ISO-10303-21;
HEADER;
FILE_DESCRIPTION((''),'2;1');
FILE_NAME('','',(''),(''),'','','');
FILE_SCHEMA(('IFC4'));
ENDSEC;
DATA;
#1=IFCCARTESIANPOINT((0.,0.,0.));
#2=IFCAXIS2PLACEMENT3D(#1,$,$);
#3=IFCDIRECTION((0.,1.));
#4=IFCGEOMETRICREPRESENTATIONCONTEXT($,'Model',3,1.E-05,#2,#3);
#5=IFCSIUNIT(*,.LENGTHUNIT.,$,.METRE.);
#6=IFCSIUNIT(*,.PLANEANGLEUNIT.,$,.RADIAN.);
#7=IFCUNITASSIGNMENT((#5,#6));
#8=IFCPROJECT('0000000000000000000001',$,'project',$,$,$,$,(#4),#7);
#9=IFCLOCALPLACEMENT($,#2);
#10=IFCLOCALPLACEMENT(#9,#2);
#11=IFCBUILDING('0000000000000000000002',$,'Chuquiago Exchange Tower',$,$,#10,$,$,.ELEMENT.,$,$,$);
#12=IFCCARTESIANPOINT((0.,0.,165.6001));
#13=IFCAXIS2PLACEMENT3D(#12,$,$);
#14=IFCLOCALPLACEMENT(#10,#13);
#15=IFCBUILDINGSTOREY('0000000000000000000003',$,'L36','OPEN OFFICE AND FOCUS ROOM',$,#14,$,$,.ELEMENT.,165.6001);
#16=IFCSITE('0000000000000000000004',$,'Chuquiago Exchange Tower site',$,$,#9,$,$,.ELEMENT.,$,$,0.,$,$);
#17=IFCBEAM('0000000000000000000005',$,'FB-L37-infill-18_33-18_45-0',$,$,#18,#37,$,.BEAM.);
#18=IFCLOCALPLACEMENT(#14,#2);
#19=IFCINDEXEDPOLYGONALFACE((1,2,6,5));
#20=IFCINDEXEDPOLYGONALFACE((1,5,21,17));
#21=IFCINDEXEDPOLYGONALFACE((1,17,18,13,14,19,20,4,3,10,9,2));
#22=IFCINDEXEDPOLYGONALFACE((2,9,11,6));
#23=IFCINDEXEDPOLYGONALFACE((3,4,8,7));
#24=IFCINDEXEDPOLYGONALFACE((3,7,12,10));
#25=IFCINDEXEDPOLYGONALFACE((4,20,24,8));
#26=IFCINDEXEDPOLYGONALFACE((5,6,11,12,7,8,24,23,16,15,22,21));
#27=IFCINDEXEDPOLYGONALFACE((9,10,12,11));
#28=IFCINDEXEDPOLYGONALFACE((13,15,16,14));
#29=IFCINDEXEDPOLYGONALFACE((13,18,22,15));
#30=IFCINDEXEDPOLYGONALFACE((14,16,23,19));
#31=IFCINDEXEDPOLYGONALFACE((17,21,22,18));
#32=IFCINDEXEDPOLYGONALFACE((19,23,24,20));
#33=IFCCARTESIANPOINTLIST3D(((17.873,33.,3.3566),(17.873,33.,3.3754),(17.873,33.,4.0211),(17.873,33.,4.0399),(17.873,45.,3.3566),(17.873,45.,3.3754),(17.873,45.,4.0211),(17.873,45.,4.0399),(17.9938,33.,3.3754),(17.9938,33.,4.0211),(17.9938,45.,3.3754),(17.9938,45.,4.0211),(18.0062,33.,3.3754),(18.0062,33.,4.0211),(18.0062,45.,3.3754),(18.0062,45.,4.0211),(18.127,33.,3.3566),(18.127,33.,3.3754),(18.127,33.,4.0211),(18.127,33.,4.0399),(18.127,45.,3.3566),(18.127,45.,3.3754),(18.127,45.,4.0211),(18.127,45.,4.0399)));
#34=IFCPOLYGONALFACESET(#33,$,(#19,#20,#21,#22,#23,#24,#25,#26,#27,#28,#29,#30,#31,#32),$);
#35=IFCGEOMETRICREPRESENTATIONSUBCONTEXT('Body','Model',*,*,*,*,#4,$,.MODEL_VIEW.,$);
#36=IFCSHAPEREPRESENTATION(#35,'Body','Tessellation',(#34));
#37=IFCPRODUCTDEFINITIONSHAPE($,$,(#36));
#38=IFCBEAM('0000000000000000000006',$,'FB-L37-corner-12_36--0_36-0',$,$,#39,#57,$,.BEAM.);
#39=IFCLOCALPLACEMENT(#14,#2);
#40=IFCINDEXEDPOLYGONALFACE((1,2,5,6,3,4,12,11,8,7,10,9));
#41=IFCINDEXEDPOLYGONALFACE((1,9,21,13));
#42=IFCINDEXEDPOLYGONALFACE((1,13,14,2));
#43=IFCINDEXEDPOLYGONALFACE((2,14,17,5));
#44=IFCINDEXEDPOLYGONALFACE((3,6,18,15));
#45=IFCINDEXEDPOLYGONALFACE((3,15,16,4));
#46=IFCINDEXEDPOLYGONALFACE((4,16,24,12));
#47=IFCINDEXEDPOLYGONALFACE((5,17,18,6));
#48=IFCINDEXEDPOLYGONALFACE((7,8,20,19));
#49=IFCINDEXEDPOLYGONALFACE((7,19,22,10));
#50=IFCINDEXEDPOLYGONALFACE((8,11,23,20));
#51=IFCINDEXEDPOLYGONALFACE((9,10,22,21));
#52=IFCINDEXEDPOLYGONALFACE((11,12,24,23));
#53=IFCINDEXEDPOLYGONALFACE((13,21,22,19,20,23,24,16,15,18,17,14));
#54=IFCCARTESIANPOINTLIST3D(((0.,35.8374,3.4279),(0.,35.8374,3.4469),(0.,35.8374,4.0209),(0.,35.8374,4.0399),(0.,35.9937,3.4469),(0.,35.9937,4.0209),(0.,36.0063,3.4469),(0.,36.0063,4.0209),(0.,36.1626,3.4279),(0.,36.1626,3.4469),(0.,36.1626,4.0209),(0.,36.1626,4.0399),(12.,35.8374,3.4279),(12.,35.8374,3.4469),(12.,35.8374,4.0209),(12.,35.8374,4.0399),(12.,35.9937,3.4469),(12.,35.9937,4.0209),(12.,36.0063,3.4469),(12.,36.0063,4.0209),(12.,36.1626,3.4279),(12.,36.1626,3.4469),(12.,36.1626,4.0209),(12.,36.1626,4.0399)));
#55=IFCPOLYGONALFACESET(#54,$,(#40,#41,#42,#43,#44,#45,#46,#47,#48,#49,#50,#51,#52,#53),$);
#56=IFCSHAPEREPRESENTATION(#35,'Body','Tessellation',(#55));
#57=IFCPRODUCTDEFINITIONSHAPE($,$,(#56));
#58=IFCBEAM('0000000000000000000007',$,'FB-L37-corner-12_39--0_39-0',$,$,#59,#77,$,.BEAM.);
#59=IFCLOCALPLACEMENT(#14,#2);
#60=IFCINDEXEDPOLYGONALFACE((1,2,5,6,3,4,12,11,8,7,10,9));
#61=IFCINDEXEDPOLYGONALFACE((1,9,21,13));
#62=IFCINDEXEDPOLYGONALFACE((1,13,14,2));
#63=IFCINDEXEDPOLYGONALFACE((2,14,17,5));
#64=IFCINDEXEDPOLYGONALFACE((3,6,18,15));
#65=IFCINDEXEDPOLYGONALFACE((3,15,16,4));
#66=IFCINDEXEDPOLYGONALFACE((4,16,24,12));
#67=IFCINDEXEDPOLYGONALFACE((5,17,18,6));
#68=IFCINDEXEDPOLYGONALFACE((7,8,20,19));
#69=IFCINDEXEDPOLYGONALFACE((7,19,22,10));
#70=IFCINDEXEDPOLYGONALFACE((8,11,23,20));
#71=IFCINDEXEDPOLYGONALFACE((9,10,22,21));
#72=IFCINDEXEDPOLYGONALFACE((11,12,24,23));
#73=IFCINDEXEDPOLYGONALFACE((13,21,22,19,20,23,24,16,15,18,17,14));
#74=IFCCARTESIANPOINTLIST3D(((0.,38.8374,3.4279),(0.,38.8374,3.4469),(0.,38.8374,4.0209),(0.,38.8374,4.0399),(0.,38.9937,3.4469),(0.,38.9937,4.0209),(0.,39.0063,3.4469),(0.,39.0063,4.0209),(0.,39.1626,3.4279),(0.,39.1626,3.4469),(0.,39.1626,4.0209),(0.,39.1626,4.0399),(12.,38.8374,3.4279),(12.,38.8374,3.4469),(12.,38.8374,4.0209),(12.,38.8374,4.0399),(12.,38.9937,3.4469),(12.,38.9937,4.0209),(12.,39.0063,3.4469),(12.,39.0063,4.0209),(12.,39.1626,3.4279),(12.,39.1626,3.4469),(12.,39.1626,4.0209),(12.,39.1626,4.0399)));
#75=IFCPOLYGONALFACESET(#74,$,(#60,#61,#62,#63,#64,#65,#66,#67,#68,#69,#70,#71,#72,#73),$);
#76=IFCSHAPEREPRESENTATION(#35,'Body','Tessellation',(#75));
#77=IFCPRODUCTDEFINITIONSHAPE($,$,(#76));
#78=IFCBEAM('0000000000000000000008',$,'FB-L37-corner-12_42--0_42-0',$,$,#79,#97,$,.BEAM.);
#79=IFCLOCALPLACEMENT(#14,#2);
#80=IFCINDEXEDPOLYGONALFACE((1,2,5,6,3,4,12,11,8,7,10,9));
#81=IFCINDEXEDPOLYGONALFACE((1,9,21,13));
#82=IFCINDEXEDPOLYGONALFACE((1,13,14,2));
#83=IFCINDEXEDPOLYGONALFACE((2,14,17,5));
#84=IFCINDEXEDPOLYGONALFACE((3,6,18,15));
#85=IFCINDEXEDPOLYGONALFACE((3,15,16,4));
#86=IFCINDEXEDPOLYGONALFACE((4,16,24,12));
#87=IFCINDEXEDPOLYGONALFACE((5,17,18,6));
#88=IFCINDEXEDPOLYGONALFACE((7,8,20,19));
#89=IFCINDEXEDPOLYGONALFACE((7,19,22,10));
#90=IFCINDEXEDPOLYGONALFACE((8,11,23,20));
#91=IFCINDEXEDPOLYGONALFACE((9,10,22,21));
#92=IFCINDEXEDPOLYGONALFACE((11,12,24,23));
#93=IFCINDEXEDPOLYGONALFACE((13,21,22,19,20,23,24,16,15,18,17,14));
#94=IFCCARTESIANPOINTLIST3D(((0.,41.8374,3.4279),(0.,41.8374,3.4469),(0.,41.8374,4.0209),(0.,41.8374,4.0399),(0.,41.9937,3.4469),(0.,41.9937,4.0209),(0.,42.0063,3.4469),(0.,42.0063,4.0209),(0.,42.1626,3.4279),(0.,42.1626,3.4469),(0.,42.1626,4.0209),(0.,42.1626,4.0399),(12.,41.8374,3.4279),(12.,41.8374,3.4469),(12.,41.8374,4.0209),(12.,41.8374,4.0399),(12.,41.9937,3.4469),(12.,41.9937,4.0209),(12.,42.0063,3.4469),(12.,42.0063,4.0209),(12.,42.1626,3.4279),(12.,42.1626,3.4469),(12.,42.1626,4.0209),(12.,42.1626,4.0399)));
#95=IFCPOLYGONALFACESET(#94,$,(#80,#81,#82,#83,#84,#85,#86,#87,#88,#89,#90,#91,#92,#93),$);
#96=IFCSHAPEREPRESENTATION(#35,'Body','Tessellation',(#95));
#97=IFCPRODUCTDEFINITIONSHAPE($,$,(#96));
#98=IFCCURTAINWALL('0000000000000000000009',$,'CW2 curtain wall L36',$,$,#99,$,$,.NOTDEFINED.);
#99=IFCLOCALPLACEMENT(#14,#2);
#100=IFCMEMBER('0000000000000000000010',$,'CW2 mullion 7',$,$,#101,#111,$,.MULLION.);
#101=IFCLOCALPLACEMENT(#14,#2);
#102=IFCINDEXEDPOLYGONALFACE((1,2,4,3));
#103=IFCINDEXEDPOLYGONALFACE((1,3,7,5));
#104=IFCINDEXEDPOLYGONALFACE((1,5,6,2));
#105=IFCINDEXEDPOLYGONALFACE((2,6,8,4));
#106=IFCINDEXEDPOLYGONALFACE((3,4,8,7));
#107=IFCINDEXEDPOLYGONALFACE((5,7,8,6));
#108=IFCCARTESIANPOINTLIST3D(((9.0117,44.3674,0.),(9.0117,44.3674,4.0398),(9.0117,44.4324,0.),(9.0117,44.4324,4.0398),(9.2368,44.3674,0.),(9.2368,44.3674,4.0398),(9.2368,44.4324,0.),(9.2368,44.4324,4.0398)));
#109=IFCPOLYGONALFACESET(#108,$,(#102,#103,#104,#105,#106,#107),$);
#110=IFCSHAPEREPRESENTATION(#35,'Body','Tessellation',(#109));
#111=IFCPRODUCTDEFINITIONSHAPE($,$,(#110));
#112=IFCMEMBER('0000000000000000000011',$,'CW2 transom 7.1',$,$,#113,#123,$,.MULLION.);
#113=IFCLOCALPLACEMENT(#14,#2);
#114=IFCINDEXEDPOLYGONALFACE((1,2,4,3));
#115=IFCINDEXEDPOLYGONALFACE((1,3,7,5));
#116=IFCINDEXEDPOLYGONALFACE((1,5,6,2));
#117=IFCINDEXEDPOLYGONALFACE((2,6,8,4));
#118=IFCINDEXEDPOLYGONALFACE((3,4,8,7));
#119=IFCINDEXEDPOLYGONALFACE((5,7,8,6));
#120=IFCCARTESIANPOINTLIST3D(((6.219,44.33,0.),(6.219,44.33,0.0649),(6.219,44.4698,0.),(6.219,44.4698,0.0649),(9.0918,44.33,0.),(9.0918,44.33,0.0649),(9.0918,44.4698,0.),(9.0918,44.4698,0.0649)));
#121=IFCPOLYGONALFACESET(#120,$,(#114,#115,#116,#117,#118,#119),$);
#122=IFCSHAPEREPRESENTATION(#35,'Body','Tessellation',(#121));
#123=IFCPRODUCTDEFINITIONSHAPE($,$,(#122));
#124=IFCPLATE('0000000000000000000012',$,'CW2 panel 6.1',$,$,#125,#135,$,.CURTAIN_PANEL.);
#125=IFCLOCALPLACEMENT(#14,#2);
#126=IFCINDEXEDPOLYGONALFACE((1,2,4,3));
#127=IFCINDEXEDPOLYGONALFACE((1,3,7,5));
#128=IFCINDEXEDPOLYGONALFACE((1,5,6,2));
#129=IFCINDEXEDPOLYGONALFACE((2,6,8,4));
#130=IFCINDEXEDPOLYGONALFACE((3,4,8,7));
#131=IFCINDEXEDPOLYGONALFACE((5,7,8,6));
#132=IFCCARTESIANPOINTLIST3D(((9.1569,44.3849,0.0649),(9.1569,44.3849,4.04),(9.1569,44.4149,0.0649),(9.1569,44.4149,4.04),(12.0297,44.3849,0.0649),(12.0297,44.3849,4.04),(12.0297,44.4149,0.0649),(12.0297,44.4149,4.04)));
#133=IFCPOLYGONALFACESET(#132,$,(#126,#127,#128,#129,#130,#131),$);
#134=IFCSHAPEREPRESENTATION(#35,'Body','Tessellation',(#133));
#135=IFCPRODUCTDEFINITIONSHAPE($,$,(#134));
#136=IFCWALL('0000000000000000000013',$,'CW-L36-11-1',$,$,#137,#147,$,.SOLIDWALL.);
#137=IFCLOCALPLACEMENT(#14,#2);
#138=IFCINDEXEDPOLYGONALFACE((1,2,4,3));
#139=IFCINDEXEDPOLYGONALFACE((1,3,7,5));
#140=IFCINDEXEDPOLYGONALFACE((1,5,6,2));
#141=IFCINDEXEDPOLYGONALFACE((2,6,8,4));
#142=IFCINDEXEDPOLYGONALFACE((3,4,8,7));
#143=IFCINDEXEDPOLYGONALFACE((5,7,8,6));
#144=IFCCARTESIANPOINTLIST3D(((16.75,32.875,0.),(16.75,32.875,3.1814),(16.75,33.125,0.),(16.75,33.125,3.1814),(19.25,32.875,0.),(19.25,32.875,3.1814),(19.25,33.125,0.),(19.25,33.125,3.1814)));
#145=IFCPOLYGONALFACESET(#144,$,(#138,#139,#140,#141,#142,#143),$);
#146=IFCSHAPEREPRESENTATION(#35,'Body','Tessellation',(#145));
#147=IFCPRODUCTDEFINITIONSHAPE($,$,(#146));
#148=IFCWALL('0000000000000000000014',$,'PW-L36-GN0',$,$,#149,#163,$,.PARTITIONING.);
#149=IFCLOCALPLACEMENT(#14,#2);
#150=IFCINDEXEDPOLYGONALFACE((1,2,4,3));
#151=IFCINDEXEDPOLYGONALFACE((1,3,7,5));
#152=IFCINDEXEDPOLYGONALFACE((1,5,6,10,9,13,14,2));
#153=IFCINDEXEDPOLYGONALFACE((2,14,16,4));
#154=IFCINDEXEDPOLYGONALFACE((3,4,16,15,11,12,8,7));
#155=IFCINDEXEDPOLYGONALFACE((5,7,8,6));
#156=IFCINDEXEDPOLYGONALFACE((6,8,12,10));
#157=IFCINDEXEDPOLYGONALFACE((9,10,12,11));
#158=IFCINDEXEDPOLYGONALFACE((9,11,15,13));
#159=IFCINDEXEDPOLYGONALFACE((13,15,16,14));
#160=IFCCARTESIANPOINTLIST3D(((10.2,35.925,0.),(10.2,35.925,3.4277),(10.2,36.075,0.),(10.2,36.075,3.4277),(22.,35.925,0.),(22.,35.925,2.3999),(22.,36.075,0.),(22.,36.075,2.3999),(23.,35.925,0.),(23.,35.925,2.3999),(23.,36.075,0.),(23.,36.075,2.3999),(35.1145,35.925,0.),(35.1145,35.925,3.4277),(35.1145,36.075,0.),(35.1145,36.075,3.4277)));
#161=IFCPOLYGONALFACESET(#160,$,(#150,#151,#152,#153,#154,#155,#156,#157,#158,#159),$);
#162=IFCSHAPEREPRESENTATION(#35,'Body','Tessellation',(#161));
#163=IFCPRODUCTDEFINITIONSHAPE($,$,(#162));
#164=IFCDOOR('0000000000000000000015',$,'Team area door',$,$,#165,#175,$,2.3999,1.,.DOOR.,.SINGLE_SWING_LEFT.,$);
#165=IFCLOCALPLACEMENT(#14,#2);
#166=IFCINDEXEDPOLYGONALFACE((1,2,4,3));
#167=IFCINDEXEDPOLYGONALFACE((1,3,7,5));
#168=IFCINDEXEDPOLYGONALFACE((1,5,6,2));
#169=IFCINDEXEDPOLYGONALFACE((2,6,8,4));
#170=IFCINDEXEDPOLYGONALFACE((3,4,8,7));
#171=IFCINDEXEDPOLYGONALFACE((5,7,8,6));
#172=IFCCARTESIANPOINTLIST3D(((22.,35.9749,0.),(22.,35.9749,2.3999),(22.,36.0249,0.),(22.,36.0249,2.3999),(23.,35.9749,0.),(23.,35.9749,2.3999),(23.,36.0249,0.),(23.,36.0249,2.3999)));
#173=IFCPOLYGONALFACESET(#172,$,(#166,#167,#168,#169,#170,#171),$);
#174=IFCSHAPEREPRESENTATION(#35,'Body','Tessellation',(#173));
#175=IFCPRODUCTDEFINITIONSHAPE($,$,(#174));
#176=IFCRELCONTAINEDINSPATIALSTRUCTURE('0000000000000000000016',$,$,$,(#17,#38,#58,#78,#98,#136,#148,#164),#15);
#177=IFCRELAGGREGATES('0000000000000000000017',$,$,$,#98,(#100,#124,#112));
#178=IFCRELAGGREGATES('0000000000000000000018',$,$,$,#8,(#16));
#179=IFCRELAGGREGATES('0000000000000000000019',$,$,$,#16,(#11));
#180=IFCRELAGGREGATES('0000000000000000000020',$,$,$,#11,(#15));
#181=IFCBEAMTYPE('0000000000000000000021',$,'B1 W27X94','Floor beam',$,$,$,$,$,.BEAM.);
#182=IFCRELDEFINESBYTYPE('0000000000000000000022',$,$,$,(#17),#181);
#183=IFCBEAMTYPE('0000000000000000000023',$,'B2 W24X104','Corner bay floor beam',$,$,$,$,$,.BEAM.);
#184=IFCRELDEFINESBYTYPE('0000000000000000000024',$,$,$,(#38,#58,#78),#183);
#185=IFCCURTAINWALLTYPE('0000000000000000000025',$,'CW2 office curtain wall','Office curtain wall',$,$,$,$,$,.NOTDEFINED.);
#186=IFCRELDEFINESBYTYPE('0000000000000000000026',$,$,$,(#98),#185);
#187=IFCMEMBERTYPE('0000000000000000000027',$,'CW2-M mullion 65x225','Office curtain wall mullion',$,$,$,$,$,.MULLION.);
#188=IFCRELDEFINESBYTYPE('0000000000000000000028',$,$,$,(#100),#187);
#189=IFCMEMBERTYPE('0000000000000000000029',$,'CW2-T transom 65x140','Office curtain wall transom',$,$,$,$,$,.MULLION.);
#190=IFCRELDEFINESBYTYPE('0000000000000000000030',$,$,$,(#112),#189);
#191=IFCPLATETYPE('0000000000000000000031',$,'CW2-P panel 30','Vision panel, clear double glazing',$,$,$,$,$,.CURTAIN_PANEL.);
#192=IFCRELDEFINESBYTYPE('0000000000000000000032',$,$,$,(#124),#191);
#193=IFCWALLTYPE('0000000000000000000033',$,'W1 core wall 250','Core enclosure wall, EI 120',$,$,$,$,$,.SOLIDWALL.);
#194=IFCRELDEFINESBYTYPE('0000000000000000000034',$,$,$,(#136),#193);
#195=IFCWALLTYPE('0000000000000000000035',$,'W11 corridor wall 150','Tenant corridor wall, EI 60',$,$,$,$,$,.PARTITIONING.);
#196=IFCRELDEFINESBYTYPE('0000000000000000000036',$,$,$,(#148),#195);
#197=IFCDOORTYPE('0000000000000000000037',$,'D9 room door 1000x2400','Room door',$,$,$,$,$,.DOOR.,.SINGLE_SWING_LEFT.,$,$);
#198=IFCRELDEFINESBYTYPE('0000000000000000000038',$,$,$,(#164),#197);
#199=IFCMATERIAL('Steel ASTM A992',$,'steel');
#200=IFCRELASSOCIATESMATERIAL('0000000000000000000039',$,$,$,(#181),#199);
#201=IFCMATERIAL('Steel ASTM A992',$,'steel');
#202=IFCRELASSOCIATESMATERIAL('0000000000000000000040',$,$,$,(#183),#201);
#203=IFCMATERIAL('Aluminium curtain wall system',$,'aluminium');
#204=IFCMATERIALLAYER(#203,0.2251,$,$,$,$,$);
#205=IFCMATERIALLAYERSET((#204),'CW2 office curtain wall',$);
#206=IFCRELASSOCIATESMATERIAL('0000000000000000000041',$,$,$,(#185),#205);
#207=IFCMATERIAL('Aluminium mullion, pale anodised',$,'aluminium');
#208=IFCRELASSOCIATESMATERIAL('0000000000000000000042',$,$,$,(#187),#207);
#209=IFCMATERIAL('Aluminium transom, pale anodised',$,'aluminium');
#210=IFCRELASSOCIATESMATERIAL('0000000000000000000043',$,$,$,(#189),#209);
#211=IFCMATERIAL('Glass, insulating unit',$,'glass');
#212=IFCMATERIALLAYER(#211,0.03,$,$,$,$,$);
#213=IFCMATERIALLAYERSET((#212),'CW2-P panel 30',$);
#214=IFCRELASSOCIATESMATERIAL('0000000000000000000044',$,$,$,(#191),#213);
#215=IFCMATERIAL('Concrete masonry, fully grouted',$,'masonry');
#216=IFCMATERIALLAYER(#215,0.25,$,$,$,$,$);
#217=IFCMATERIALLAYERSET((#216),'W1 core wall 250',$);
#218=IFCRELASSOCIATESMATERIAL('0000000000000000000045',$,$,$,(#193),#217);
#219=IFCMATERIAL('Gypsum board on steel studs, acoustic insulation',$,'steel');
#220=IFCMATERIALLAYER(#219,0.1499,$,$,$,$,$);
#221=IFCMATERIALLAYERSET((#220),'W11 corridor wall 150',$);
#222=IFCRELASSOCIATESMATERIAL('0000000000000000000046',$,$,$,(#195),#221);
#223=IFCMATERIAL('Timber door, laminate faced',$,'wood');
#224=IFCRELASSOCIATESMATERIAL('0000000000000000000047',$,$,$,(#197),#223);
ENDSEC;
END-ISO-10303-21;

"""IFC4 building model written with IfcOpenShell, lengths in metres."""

from ifc_helpers import new_model, si_unit, direction, frame, frame_2d, origin, origin_2d, place, context, subcontext, project, spatial, rectangle, i_section, extrude, material, layer, layer_set, material_profile, profile_set, type_object, element, fill, aggregate, save


model = new_model("IFC4")

# Units and contexts
model_context = context("Model", 3, precision=1e-05, world=origin(), true_north=direction((0.0, 1.0)))
body_context = subcontext(model_context, "Body", "Model", "MODEL_VIEW")
ifc_project = project(units=[si_unit("LENGTHUNIT", "METRE"), si_unit("PLANEANGLEUNIT", "RADIAN")], contexts=[model_context])

# Site, building, storey
site_placement = place(None, origin())
site = spatial("IfcSite", under=ifc_project, at=site_placement, Name="Chuquiago Exchange Tower site", CompositionType="ELEMENT", RefElevation=0.0)
building_placement = place(site_placement, origin())
building = spatial("IfcBuilding", under=site, at=building_placement, Name="Chuquiago Exchange Tower", CompositionType="ELEMENT")
storey_placement = place(building_placement, frame((0.0, 0.0, 165.6001)))
storey = spatial("IfcBuildingStorey", under=building, at=storey_placement, Name="L36", Description="OPEN OFFICE AND FOCUS ROOM", CompositionType="ELEMENT", Elevation=165.6001)

# Beams
ifc_material_1 = material(Name="Steel ASTM A992", Category="steel")
ifc_material_profile_1 = material_profile(ifc_material_1, i_section(OverallWidth=0.2539, OverallDepth=0.6833, WebThickness=0.0125, FlangeThickness=0.0188, at=origin_2d()), Name="W27X94")
ifc_profile_set_1 = profile_set([ifc_material_profile_1], Name="Steel ASTM A992")
beam_type_1 = type_object("IfcBeamType", Name="B1 W27X94", Description="Floor beam", PredefinedType="BEAM", material=ifc_profile_set_1)
beam_placement = place(storey_placement, frame((18.0, 33.0, 3.6982), z_axis=(0.0, 1.0, 0.0), x_axis=(-1.0, 0.0, 0.0)))
element("IfcBeam", 1, at=beam_placement, inside=storey, type_object=beam_type_1, Name="FB-L37-infill-18_33-18_45-0", PredefinedType="BEAM", context=body_context, shape_type="SweptSolid", body=[
    extrude(i_section(OverallWidth=0.2539, OverallDepth=0.6833, WebThickness=0.0125, FlangeThickness=0.0188, at=origin_2d()), origin(), (0.0, 0.0, 1.0), 12.0),
])
ifc_material_2 = material(Name="Steel ASTM A992", Category="steel")
ifc_material_profile_2 = material_profile(ifc_material_2, i_section(OverallWidth=0.3252, OverallDepth=0.6121, WebThickness=0.0127, FlangeThickness=0.019, at=origin_2d()), Name="W24X104")
ifc_profile_set_2 = profile_set([ifc_material_profile_2], Name="Steel ASTM A992")
beam_type_2 = type_object("IfcBeamType", Name="B2 W24X104", Description="Corner bay floor beam", PredefinedType="BEAM", material=ifc_profile_set_2)
for number, where, z_axis, x_axis, name in (
    (2, (12.0, 36.0, 3.7339), (-1.0, 0.0, 0.0), (0.0, -1.0, 0.0), "FB-L37-corner-12_36--0_36-0"),
    (3, (12.0, 39.0, 3.7339), (-1.0, 0.0, 0.0), (0.0, -1.0, 0.0), "FB-L37-corner-12_39--0_39-0"),
    (4, (12.0, 42.0, 3.7339), (-1.0, 0.0, 0.0), (0.0, -1.0, 0.0), "FB-L37-corner-12_42--0_42-0"),
):
    element("IfcBeam", number, at=place(storey_placement, frame(where, z_axis=z_axis, x_axis=x_axis)), inside=storey, type_object=beam_type_2, Name=name, PredefinedType="BEAM", context=body_context, shape_type="SweptSolid", body=[
        extrude(i_section(OverallWidth=0.3252, OverallDepth=0.6121, WebThickness=0.0127, FlangeThickness=0.019, at=origin_2d()), origin(), (0.0, 0.0, 1.0), 12.0),
    ])

# Curtain wall, members, plate
ifc_material_3 = material(Name="Aluminium curtain wall system", Category="aluminium")
ifc_layer_1 = layer(ifc_material_3, 0.2251)
ifc_layer_set_1 = layer_set([ifc_layer_1], Name="CW2 office curtain wall")
curtain_wall_type = type_object("IfcCurtainWallType", Name="CW2 office curtain wall", Description="Office curtain wall", PredefinedType="NOTDEFINED", material=ifc_layer_set_1)
curtain_wall_placement = place(storey_placement, origin())
curtain_wall = element("IfcCurtainWall", 5, at=curtain_wall_placement, inside=storey, type_object=curtain_wall_type, Name="CW2 curtain wall L36", PredefinedType="NOTDEFINED")
ifc_material_4 = material(Name="Aluminium mullion, pale anodised", Category="aluminium")
ifc_material_profile_3 = material_profile(ifc_material_4, rectangle(XDim=0.0649, YDim=0.2251, at=origin_2d()), Name="AL 65x225")
ifc_profile_set_3 = profile_set([ifc_material_profile_3], Name="Aluminium mullion, pale anodised")
member_type_1 = type_object("IfcMemberType", Name="CW2-M mullion 65x225", Description="Office curtain wall mullion", PredefinedType="MULLION", material=ifc_profile_set_3)
member_1_placement = place(storey_placement, frame((9.1243, 44.3999, 0.0), z_axis=(0.0, 0.0, 1.0), x_axis=(0.0, -1.0, 0.0)))
member_1 = element("IfcMember", 6, at=member_1_placement, type_object=member_type_1, Name="CW2 mullion 7", PredefinedType="MULLION", context=body_context, shape_type="SweptSolid", body=[
    extrude(rectangle(XDim=0.0649, YDim=0.2251, at=origin_2d()), origin(), (0.0, 0.0, 1.0), 4.0398),
])
ifc_material_5 = material(Name="Aluminium transom, pale anodised", Category="aluminium")
ifc_material_profile_4 = material_profile(ifc_material_5, rectangle(XDim=0.1399, YDim=0.0649, at=origin_2d()), Name="AL 140x65")
ifc_profile_set_4 = profile_set([ifc_material_profile_4], Name="Aluminium transom, pale anodised")
member_type_2 = type_object("IfcMemberType", Name="CW2-T transom 65x140", Description="Office curtain wall transom", PredefinedType="MULLION", material=ifc_profile_set_4)
member_2_placement = place(storey_placement, frame((9.0918, 44.3999, 0.0325), z_axis=(-1.0, 0.0, 0.0), x_axis=(0.0, -1.0, 0.0)))
member_2 = element("IfcMember", 7, at=member_2_placement, type_object=member_type_2, Name="CW2 transom 7.1", PredefinedType="MULLION", context=body_context, shape_type="SweptSolid", body=[
    extrude(rectangle(XDim=0.1399, YDim=0.0649, at=origin_2d()), origin(), (0.0, 0.0, 1.0), 2.8728),
])
ifc_material_6 = material(Name="Glass, insulating unit", Category="glass")
ifc_layer_2 = layer(ifc_material_6, 0.03)
ifc_layer_set_2 = layer_set([ifc_layer_2], Name="CW2-P panel 30")
plate_type = type_object("IfcPlateType", Name="CW2-P panel 30", Description="Vision panel, clear double glazing", PredefinedType="CURTAIN_PANEL", material=ifc_layer_set_2)
plate_placement = place(storey_placement, frame((10.5933, 44.3999, 0.0649), z_axis=(0.0, 0.0, 1.0), x_axis=(-1.0, 0.0, 0.0)))
plate = element("IfcPlate", 8, at=plate_placement, type_object=plate_type, Name="CW2 panel 6.1", PredefinedType="CURTAIN_PANEL", context=body_context, shape_type="SweptSolid", body=[
    extrude(rectangle(XDim=2.8728, YDim=0.03, at=origin_2d()), origin(), (0.0, 0.0, 1.0), 3.9751),
])
aggregate(curtain_wall, [member_1, plate, member_2])

# Wall
ifc_material_7 = material(Name="Concrete masonry, fully grouted", Category="masonry")
ifc_layer_3 = layer(ifc_material_7, 0.25)
ifc_layer_set_3 = layer_set([ifc_layer_3], Name="W1 core wall 250")
wall_type_1 = type_object("IfcWallType", Name="W1 core wall 250", Description="Core enclosure wall, EI 120", PredefinedType="SOLIDWALL", material=ifc_layer_set_3)
wall_1_placement = place(storey_placement, frame((16.75, 33.0, 0.0), z_axis=(0.0, 0.0, 1.0), x_axis=(1.0, 0.0, 0.0)))
element("IfcWall", 9, at=wall_1_placement, inside=storey, type_object=wall_type_1, Name="CW-L36-11-1", PredefinedType="SOLIDWALL", context=body_context, shape_type="SweptSolid", body=[
    extrude(rectangle(XDim=2.5, YDim=0.25, at=frame_2d((1.25, 0.0))), origin(), (0.0, 0.0, 1.0), 3.1814),
])

# Wall, opening, door
ifc_material_8 = material(Name="Gypsum board on steel studs, acoustic insulation", Category="steel")
ifc_layer_4 = layer(ifc_material_8, 0.1499)
ifc_layer_set_4 = layer_set([ifc_layer_4], Name="W11 corridor wall 150")
wall_type_2 = type_object("IfcWallType", Name="W11 corridor wall 150", Description="Tenant corridor wall, EI 60", PredefinedType="PARTITIONING", material=ifc_layer_set_4)
wall_2_placement = place(storey_placement, frame((10.2, 36.0, 0.0), z_axis=(0.0, 0.0, 1.0), x_axis=(1.0, 0.0, 0.0)))
wall_2 = element("IfcWall", 10, at=wall_2_placement, inside=storey, type_object=wall_type_2, Name="PW-L36-GN0", PredefinedType="PARTITIONING", context=body_context, shape_type="SweptSolid", body=[
    extrude(rectangle(XDim=24.9146, YDim=0.1499, at=frame_2d((12.4573, 0.0))), origin(), (0.0, 0.0, 1.0), 3.4277),
])
opening_1_placement = place(wall_2_placement, frame((11.8, 0.0, 0.0)))
opening_1 = element("IfcOpeningElement", 11, at=opening_1_placement, cuts=wall_2, PredefinedType="OPENING", context=body_context, shape_type="SweptSolid", body=[
    extrude(rectangle(XDim=1.0, YDim=2.3999, at=frame_2d((0.5, 1.2))), frame((0.0, 0.085, 0.0), z_axis=(0.0, -1.0, 0.0), x_axis=(1.0, 0.0, 0.0)), (0.0, 0.0, 1.0), 0.1699),
])
ifc_material_9 = material(Name="Timber door, laminate faced", Category="wood")
door_type_1 = type_object("IfcDoorType", Name="D9 room door 1000x2400", Description="Room door", OperationType="SINGLE_SWING_LEFT", PredefinedType="DOOR", material=ifc_material_9)
door_1_placement = place(opening_1_placement, origin())
door_1 = element("IfcDoor", 12, at=door_1_placement, inside=storey, type_object=door_type_1, Name="Team area door", OperationType="SINGLE_SWING_LEFT", OverallHeight=2.3999, OverallWidth=1.0, PredefinedType="DOOR", context=body_context, shape_type="SweptSolid", body=[
    extrude(rectangle(XDim=1.0, YDim=2.3999, at=frame_2d((0.5, 1.2))), frame((0.0, 0.0249, 0.0), z_axis=(0.0, -1.0, 0.0), x_axis=(1.0, 0.0, 0.0)), (0.0, 0.0, 1.0), 0.05),
])
fill(opening_1, door_1)

save(model, "model.ifc")
